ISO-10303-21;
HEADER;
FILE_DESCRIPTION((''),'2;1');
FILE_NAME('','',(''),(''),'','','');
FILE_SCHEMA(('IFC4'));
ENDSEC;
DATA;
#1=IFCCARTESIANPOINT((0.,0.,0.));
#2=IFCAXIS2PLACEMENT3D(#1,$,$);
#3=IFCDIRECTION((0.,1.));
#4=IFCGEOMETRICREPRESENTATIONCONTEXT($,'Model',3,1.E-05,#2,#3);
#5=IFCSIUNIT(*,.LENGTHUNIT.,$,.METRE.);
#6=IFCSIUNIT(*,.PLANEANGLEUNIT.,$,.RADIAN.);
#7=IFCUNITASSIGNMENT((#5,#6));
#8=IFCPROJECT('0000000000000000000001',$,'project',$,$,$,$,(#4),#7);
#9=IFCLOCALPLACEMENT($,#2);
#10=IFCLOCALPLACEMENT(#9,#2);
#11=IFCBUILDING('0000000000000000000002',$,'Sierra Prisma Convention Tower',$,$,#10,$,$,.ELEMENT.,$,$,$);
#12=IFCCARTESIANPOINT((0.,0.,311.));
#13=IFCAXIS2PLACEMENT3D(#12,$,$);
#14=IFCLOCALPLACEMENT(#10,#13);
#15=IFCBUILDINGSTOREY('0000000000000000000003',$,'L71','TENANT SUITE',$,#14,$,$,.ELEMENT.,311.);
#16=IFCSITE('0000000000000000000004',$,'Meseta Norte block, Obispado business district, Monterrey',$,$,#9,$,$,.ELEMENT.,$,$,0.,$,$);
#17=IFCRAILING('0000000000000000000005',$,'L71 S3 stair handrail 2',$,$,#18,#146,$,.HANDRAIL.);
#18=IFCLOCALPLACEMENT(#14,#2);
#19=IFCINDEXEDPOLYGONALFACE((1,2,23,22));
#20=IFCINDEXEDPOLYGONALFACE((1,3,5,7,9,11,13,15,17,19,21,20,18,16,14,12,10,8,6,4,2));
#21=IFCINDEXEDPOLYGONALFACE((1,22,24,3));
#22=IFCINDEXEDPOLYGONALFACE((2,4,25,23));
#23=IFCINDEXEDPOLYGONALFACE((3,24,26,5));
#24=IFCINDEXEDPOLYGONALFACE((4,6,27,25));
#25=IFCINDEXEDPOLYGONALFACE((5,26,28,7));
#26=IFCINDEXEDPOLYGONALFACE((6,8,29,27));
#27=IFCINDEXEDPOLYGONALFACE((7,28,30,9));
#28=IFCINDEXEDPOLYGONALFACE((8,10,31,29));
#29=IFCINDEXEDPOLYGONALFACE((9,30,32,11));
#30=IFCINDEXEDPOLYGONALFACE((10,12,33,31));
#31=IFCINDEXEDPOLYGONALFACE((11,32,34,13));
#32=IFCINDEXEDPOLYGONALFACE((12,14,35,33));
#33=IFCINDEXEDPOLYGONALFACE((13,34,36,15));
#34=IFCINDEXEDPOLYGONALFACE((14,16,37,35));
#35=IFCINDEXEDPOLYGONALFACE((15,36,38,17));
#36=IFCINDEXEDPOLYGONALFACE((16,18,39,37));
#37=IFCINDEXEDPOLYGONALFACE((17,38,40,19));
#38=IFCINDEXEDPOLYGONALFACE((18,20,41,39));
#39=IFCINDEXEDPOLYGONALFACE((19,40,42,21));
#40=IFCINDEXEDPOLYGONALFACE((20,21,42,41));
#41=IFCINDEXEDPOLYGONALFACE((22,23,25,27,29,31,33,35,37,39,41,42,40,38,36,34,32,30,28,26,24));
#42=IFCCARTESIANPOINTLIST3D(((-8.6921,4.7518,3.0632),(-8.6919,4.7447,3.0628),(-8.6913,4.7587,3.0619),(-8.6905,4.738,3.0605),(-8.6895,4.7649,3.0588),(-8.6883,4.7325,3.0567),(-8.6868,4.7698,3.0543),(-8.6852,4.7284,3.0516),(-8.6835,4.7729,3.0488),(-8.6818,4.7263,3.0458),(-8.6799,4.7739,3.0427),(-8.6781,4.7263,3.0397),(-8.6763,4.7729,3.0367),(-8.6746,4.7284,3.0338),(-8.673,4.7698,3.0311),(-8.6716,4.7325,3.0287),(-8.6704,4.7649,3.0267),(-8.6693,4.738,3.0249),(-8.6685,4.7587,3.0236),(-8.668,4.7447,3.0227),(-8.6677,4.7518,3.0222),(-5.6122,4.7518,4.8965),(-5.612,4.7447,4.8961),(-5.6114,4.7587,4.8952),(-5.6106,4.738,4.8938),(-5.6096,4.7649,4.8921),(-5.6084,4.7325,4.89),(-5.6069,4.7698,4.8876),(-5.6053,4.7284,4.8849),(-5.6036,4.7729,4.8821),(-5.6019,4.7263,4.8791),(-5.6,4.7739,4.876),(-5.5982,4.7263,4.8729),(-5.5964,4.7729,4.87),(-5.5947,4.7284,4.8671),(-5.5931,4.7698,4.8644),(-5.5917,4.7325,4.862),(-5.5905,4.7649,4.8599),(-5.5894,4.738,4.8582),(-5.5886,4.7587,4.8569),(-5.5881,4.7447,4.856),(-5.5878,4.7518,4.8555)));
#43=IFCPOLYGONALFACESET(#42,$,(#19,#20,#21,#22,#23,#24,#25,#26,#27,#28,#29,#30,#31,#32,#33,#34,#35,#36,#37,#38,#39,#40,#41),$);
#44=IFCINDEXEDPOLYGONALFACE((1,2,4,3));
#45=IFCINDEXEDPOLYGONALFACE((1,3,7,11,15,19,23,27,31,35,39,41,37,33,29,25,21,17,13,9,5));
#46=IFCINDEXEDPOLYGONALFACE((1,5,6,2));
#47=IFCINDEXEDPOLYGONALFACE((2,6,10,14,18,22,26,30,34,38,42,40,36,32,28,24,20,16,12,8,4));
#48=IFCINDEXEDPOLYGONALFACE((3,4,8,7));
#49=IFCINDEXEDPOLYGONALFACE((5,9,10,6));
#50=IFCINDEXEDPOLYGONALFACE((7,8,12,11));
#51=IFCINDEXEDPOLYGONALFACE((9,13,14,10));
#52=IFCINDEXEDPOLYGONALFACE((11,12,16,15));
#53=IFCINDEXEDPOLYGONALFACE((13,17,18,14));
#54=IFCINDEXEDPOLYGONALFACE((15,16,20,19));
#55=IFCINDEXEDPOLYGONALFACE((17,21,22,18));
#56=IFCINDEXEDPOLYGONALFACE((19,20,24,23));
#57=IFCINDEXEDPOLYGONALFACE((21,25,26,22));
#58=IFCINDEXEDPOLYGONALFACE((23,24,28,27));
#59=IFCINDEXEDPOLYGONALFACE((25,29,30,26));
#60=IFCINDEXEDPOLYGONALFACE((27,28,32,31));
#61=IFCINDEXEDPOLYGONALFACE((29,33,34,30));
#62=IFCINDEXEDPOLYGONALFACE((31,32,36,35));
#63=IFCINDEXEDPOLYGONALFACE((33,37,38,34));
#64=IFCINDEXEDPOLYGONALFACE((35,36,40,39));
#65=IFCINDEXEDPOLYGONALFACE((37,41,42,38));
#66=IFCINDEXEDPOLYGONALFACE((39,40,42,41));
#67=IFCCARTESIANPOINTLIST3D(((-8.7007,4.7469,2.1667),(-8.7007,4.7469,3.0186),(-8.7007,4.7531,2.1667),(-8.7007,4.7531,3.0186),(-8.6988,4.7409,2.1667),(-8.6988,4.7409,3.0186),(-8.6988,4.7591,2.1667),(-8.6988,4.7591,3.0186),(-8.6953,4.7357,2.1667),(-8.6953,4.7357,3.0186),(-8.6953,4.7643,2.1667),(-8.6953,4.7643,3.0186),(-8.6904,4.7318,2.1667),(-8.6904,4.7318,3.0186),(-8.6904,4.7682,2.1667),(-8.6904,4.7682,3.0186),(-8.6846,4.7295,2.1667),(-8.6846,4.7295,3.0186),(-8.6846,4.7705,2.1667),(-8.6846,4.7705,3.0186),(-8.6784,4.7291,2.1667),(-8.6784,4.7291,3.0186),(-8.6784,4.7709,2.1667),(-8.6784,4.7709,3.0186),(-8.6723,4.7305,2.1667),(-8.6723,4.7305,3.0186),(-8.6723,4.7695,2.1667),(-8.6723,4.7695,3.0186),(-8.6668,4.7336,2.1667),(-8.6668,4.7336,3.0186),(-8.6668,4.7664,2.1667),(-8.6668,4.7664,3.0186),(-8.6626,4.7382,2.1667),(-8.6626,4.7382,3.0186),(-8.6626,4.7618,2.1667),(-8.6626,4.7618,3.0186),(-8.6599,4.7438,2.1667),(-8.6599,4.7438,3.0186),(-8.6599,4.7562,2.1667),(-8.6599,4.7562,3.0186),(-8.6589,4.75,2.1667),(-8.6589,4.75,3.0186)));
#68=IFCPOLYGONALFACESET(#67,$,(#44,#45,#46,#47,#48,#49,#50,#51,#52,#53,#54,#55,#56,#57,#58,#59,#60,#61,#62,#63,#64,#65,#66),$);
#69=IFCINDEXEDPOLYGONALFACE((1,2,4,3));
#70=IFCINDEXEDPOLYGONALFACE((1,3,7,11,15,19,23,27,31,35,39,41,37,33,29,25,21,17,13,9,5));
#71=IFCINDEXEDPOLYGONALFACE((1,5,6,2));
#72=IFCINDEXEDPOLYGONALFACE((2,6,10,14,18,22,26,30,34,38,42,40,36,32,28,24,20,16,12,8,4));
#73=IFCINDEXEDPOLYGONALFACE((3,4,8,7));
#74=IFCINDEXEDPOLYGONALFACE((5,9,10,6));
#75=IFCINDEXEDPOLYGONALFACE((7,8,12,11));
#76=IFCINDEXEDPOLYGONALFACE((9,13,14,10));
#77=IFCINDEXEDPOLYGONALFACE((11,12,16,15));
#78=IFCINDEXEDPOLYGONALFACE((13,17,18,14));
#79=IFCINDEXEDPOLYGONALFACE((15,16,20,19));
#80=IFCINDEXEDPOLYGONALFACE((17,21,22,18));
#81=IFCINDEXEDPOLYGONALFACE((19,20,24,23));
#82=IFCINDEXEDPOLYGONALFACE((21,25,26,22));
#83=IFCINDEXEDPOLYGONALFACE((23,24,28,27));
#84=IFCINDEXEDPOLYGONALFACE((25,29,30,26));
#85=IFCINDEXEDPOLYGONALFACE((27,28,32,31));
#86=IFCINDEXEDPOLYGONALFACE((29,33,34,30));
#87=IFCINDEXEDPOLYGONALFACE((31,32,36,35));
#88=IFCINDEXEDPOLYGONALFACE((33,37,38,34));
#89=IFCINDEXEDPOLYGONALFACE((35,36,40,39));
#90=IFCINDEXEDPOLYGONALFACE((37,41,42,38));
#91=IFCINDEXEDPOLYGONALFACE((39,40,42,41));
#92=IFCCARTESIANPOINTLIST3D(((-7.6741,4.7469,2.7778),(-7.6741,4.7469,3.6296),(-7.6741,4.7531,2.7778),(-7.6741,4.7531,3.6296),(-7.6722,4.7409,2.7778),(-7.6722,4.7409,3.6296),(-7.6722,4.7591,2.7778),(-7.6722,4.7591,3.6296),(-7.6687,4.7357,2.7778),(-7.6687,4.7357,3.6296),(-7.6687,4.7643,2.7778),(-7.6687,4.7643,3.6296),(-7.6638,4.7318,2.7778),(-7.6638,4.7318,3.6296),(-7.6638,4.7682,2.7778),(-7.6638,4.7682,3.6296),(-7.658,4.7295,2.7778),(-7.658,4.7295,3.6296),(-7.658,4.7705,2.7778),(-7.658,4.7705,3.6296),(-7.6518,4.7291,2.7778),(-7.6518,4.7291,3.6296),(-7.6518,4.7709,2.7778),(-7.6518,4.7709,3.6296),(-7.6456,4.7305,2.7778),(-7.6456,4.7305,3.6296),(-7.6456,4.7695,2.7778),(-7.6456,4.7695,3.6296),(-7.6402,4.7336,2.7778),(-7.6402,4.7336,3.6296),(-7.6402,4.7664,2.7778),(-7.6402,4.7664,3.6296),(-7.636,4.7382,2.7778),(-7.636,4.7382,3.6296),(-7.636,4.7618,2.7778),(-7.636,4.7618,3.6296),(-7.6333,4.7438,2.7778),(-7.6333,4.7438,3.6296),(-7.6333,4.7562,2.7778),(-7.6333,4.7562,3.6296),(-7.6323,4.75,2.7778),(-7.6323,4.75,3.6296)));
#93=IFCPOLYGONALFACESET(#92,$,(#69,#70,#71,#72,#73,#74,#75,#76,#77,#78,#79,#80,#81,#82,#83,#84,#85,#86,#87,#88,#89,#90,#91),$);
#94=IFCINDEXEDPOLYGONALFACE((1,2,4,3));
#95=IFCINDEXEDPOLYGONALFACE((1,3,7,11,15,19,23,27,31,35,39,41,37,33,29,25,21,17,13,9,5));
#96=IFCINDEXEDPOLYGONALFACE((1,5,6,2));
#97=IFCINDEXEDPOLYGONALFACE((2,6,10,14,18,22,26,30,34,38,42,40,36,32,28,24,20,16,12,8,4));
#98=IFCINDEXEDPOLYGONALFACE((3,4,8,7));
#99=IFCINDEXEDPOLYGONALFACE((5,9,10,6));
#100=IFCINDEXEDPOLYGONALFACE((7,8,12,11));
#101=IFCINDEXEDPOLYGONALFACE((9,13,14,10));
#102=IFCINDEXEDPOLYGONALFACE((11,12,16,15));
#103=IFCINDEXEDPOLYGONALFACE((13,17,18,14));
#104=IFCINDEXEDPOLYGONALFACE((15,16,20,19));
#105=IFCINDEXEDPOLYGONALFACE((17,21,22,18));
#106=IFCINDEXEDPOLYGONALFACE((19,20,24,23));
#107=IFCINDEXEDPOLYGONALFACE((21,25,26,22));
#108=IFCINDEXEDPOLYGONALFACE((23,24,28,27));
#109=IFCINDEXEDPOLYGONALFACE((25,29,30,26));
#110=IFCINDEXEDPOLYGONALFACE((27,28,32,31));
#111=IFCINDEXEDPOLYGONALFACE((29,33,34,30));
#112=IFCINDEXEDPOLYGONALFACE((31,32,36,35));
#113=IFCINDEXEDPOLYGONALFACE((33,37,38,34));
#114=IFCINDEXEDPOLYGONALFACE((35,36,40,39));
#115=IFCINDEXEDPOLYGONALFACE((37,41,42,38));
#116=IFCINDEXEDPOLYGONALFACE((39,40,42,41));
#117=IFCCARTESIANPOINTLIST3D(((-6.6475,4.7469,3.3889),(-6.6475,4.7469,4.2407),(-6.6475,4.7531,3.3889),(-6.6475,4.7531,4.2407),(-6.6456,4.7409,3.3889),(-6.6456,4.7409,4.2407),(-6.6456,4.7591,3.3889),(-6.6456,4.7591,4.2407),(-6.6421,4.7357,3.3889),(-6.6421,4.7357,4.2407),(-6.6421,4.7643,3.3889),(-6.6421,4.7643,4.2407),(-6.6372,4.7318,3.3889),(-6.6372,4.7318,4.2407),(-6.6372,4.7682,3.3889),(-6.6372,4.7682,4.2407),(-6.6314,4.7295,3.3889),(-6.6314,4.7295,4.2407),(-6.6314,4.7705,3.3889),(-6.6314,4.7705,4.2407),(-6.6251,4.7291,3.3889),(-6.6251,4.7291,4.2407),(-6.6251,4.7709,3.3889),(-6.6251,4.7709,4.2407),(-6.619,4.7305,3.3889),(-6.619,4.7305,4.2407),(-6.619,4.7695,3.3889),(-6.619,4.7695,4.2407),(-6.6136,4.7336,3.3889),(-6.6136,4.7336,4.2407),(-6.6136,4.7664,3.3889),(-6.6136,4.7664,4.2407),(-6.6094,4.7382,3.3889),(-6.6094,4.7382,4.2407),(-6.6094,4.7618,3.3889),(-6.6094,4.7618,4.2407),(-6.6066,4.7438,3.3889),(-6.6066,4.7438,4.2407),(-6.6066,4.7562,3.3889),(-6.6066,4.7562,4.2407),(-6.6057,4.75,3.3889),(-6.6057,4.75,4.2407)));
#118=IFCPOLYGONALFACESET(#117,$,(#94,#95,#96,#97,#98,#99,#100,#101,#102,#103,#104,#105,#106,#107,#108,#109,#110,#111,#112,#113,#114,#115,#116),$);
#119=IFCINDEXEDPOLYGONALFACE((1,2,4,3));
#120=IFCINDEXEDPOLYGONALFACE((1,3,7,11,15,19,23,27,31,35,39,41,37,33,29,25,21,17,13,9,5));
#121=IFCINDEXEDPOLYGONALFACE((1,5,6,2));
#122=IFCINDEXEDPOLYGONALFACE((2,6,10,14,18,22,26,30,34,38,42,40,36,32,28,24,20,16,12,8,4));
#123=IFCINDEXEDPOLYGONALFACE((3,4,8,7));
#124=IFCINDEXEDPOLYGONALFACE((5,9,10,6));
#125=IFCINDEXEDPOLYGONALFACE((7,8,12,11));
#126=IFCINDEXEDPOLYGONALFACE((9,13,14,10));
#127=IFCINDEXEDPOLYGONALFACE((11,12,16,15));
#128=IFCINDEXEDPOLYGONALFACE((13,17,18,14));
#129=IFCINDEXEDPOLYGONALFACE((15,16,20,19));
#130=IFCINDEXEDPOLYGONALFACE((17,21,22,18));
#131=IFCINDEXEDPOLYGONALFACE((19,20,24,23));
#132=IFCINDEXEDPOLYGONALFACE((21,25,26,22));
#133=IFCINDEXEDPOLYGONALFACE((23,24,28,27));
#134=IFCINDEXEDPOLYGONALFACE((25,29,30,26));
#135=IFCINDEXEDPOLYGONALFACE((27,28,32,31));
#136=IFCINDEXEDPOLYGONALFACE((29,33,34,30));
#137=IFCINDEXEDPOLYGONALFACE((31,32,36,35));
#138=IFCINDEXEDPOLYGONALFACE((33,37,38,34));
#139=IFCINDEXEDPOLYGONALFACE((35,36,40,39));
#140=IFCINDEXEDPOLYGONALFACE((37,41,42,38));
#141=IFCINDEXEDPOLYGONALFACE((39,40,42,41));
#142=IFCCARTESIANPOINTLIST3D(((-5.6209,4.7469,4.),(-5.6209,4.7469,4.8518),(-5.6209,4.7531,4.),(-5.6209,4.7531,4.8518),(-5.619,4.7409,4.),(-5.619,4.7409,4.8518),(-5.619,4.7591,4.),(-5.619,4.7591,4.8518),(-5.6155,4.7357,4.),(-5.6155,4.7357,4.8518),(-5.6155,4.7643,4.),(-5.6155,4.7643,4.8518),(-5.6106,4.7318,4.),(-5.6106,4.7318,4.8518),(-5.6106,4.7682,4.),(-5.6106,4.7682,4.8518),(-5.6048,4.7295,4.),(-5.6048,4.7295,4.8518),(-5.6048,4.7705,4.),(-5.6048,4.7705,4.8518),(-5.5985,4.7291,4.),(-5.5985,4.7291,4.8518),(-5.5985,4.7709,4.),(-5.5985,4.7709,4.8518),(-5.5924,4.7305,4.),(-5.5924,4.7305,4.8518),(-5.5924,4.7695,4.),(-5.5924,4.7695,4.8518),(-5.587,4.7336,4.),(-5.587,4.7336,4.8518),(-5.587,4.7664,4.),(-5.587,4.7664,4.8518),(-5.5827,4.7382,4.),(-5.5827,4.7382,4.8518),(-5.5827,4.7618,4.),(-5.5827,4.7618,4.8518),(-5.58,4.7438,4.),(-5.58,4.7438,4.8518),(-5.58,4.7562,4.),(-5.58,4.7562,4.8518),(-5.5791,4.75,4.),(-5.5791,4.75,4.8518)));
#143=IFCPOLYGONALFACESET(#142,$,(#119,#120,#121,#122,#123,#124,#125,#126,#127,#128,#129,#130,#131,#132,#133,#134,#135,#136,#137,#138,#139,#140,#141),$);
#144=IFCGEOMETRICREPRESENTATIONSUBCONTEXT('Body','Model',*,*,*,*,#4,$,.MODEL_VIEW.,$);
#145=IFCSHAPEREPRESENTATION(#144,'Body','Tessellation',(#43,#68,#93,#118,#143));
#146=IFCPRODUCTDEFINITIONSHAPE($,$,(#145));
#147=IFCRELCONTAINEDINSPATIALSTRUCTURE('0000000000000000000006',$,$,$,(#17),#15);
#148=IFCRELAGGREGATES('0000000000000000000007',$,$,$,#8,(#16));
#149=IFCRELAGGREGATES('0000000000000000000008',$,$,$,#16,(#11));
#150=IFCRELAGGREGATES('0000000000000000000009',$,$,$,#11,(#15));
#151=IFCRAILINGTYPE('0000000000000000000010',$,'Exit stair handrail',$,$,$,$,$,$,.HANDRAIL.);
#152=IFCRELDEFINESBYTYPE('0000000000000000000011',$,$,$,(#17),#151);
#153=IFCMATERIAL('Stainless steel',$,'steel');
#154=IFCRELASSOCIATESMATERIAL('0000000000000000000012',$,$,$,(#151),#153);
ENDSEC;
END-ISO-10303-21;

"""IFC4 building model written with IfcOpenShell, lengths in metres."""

from ifc_helpers import new_model, si_unit, direction, frame, origin, origin_2d, place, context, subcontext, project, spatial, circle, extrude, material, type_object, element, save


model = new_model("IFC4")

# Units and contexts
model_context = context("Model", 3, precision=1e-05, world=origin(), true_north=direction((0.0, 1.0)))
body_context = subcontext(model_context, "Body", "Model", "MODEL_VIEW")
ifc_project = project(units=[si_unit("LENGTHUNIT", "METRE"), si_unit("PLANEANGLEUNIT", "RADIAN")], contexts=[model_context])

# Site, building, storey
site_placement = place(None, origin())
site = spatial("IfcSite", under=ifc_project, at=site_placement, Name="Meseta Norte block, Obispado business district, Monterrey", CompositionType="ELEMENT", RefElevation=0.0)
building_placement = place(site_placement, origin())
building = spatial("IfcBuilding", under=site, at=building_placement, Name="Sierra Prisma Convention Tower", CompositionType="ELEMENT")
storey_placement = place(building_placement, frame((0.0, 0.0, 311.0)))
storey = spatial("IfcBuildingStorey", under=building, at=storey_placement, Name="L71", Description="TENANT SUITE", CompositionType="ELEMENT", Elevation=311.0)

# Railing
ifc_material_1 = material(Name="Stainless steel", Category="steel")
railing_type_1 = type_object("IfcRailingType", Name="Exit stair handrail", PredefinedType="HANDRAIL", material=ifc_material_1)
railing_1_placement = place(storey_placement, frame((-8.6799, 4.75, 2.1667)))
element("IfcRailing", 1, at=railing_1_placement, inside=storey, type_object=railing_type_1, Name="L71 S3 stair handrail 2", PredefinedType="HANDRAIL", context=body_context, shape_type="SweptSolid", body=[
    extrude(circle(Radius=0.0239, at=origin_2d()), frame((0.0, 0.0, 0.876), z_axis=(0.859291, 0.0, 0.511487), x_axis=(0.0, 1.0, 0.0)), (0.0, 0.0, 1.0), 3.5842),
    extrude(circle(Radius=0.021, at=origin_2d()), origin(), (0.0, 0.0, 1.0), 0.8518),
    extrude(circle(Radius=0.021, at=origin_2d()), frame((1.0266, 0.0, 0.6111)), (0.0, 0.0, 1.0), 0.8518),
    extrude(circle(Radius=0.021, at=origin_2d()), frame((2.0532, 0.0, 1.2222)), (0.0, 0.0, 1.0), 0.8518),
    extrude(circle(Radius=0.021, at=origin_2d()), frame((3.0798, 0.0, 1.8333)), (0.0, 0.0, 1.0), 0.8518),
])

save(model, "model.ifc")
